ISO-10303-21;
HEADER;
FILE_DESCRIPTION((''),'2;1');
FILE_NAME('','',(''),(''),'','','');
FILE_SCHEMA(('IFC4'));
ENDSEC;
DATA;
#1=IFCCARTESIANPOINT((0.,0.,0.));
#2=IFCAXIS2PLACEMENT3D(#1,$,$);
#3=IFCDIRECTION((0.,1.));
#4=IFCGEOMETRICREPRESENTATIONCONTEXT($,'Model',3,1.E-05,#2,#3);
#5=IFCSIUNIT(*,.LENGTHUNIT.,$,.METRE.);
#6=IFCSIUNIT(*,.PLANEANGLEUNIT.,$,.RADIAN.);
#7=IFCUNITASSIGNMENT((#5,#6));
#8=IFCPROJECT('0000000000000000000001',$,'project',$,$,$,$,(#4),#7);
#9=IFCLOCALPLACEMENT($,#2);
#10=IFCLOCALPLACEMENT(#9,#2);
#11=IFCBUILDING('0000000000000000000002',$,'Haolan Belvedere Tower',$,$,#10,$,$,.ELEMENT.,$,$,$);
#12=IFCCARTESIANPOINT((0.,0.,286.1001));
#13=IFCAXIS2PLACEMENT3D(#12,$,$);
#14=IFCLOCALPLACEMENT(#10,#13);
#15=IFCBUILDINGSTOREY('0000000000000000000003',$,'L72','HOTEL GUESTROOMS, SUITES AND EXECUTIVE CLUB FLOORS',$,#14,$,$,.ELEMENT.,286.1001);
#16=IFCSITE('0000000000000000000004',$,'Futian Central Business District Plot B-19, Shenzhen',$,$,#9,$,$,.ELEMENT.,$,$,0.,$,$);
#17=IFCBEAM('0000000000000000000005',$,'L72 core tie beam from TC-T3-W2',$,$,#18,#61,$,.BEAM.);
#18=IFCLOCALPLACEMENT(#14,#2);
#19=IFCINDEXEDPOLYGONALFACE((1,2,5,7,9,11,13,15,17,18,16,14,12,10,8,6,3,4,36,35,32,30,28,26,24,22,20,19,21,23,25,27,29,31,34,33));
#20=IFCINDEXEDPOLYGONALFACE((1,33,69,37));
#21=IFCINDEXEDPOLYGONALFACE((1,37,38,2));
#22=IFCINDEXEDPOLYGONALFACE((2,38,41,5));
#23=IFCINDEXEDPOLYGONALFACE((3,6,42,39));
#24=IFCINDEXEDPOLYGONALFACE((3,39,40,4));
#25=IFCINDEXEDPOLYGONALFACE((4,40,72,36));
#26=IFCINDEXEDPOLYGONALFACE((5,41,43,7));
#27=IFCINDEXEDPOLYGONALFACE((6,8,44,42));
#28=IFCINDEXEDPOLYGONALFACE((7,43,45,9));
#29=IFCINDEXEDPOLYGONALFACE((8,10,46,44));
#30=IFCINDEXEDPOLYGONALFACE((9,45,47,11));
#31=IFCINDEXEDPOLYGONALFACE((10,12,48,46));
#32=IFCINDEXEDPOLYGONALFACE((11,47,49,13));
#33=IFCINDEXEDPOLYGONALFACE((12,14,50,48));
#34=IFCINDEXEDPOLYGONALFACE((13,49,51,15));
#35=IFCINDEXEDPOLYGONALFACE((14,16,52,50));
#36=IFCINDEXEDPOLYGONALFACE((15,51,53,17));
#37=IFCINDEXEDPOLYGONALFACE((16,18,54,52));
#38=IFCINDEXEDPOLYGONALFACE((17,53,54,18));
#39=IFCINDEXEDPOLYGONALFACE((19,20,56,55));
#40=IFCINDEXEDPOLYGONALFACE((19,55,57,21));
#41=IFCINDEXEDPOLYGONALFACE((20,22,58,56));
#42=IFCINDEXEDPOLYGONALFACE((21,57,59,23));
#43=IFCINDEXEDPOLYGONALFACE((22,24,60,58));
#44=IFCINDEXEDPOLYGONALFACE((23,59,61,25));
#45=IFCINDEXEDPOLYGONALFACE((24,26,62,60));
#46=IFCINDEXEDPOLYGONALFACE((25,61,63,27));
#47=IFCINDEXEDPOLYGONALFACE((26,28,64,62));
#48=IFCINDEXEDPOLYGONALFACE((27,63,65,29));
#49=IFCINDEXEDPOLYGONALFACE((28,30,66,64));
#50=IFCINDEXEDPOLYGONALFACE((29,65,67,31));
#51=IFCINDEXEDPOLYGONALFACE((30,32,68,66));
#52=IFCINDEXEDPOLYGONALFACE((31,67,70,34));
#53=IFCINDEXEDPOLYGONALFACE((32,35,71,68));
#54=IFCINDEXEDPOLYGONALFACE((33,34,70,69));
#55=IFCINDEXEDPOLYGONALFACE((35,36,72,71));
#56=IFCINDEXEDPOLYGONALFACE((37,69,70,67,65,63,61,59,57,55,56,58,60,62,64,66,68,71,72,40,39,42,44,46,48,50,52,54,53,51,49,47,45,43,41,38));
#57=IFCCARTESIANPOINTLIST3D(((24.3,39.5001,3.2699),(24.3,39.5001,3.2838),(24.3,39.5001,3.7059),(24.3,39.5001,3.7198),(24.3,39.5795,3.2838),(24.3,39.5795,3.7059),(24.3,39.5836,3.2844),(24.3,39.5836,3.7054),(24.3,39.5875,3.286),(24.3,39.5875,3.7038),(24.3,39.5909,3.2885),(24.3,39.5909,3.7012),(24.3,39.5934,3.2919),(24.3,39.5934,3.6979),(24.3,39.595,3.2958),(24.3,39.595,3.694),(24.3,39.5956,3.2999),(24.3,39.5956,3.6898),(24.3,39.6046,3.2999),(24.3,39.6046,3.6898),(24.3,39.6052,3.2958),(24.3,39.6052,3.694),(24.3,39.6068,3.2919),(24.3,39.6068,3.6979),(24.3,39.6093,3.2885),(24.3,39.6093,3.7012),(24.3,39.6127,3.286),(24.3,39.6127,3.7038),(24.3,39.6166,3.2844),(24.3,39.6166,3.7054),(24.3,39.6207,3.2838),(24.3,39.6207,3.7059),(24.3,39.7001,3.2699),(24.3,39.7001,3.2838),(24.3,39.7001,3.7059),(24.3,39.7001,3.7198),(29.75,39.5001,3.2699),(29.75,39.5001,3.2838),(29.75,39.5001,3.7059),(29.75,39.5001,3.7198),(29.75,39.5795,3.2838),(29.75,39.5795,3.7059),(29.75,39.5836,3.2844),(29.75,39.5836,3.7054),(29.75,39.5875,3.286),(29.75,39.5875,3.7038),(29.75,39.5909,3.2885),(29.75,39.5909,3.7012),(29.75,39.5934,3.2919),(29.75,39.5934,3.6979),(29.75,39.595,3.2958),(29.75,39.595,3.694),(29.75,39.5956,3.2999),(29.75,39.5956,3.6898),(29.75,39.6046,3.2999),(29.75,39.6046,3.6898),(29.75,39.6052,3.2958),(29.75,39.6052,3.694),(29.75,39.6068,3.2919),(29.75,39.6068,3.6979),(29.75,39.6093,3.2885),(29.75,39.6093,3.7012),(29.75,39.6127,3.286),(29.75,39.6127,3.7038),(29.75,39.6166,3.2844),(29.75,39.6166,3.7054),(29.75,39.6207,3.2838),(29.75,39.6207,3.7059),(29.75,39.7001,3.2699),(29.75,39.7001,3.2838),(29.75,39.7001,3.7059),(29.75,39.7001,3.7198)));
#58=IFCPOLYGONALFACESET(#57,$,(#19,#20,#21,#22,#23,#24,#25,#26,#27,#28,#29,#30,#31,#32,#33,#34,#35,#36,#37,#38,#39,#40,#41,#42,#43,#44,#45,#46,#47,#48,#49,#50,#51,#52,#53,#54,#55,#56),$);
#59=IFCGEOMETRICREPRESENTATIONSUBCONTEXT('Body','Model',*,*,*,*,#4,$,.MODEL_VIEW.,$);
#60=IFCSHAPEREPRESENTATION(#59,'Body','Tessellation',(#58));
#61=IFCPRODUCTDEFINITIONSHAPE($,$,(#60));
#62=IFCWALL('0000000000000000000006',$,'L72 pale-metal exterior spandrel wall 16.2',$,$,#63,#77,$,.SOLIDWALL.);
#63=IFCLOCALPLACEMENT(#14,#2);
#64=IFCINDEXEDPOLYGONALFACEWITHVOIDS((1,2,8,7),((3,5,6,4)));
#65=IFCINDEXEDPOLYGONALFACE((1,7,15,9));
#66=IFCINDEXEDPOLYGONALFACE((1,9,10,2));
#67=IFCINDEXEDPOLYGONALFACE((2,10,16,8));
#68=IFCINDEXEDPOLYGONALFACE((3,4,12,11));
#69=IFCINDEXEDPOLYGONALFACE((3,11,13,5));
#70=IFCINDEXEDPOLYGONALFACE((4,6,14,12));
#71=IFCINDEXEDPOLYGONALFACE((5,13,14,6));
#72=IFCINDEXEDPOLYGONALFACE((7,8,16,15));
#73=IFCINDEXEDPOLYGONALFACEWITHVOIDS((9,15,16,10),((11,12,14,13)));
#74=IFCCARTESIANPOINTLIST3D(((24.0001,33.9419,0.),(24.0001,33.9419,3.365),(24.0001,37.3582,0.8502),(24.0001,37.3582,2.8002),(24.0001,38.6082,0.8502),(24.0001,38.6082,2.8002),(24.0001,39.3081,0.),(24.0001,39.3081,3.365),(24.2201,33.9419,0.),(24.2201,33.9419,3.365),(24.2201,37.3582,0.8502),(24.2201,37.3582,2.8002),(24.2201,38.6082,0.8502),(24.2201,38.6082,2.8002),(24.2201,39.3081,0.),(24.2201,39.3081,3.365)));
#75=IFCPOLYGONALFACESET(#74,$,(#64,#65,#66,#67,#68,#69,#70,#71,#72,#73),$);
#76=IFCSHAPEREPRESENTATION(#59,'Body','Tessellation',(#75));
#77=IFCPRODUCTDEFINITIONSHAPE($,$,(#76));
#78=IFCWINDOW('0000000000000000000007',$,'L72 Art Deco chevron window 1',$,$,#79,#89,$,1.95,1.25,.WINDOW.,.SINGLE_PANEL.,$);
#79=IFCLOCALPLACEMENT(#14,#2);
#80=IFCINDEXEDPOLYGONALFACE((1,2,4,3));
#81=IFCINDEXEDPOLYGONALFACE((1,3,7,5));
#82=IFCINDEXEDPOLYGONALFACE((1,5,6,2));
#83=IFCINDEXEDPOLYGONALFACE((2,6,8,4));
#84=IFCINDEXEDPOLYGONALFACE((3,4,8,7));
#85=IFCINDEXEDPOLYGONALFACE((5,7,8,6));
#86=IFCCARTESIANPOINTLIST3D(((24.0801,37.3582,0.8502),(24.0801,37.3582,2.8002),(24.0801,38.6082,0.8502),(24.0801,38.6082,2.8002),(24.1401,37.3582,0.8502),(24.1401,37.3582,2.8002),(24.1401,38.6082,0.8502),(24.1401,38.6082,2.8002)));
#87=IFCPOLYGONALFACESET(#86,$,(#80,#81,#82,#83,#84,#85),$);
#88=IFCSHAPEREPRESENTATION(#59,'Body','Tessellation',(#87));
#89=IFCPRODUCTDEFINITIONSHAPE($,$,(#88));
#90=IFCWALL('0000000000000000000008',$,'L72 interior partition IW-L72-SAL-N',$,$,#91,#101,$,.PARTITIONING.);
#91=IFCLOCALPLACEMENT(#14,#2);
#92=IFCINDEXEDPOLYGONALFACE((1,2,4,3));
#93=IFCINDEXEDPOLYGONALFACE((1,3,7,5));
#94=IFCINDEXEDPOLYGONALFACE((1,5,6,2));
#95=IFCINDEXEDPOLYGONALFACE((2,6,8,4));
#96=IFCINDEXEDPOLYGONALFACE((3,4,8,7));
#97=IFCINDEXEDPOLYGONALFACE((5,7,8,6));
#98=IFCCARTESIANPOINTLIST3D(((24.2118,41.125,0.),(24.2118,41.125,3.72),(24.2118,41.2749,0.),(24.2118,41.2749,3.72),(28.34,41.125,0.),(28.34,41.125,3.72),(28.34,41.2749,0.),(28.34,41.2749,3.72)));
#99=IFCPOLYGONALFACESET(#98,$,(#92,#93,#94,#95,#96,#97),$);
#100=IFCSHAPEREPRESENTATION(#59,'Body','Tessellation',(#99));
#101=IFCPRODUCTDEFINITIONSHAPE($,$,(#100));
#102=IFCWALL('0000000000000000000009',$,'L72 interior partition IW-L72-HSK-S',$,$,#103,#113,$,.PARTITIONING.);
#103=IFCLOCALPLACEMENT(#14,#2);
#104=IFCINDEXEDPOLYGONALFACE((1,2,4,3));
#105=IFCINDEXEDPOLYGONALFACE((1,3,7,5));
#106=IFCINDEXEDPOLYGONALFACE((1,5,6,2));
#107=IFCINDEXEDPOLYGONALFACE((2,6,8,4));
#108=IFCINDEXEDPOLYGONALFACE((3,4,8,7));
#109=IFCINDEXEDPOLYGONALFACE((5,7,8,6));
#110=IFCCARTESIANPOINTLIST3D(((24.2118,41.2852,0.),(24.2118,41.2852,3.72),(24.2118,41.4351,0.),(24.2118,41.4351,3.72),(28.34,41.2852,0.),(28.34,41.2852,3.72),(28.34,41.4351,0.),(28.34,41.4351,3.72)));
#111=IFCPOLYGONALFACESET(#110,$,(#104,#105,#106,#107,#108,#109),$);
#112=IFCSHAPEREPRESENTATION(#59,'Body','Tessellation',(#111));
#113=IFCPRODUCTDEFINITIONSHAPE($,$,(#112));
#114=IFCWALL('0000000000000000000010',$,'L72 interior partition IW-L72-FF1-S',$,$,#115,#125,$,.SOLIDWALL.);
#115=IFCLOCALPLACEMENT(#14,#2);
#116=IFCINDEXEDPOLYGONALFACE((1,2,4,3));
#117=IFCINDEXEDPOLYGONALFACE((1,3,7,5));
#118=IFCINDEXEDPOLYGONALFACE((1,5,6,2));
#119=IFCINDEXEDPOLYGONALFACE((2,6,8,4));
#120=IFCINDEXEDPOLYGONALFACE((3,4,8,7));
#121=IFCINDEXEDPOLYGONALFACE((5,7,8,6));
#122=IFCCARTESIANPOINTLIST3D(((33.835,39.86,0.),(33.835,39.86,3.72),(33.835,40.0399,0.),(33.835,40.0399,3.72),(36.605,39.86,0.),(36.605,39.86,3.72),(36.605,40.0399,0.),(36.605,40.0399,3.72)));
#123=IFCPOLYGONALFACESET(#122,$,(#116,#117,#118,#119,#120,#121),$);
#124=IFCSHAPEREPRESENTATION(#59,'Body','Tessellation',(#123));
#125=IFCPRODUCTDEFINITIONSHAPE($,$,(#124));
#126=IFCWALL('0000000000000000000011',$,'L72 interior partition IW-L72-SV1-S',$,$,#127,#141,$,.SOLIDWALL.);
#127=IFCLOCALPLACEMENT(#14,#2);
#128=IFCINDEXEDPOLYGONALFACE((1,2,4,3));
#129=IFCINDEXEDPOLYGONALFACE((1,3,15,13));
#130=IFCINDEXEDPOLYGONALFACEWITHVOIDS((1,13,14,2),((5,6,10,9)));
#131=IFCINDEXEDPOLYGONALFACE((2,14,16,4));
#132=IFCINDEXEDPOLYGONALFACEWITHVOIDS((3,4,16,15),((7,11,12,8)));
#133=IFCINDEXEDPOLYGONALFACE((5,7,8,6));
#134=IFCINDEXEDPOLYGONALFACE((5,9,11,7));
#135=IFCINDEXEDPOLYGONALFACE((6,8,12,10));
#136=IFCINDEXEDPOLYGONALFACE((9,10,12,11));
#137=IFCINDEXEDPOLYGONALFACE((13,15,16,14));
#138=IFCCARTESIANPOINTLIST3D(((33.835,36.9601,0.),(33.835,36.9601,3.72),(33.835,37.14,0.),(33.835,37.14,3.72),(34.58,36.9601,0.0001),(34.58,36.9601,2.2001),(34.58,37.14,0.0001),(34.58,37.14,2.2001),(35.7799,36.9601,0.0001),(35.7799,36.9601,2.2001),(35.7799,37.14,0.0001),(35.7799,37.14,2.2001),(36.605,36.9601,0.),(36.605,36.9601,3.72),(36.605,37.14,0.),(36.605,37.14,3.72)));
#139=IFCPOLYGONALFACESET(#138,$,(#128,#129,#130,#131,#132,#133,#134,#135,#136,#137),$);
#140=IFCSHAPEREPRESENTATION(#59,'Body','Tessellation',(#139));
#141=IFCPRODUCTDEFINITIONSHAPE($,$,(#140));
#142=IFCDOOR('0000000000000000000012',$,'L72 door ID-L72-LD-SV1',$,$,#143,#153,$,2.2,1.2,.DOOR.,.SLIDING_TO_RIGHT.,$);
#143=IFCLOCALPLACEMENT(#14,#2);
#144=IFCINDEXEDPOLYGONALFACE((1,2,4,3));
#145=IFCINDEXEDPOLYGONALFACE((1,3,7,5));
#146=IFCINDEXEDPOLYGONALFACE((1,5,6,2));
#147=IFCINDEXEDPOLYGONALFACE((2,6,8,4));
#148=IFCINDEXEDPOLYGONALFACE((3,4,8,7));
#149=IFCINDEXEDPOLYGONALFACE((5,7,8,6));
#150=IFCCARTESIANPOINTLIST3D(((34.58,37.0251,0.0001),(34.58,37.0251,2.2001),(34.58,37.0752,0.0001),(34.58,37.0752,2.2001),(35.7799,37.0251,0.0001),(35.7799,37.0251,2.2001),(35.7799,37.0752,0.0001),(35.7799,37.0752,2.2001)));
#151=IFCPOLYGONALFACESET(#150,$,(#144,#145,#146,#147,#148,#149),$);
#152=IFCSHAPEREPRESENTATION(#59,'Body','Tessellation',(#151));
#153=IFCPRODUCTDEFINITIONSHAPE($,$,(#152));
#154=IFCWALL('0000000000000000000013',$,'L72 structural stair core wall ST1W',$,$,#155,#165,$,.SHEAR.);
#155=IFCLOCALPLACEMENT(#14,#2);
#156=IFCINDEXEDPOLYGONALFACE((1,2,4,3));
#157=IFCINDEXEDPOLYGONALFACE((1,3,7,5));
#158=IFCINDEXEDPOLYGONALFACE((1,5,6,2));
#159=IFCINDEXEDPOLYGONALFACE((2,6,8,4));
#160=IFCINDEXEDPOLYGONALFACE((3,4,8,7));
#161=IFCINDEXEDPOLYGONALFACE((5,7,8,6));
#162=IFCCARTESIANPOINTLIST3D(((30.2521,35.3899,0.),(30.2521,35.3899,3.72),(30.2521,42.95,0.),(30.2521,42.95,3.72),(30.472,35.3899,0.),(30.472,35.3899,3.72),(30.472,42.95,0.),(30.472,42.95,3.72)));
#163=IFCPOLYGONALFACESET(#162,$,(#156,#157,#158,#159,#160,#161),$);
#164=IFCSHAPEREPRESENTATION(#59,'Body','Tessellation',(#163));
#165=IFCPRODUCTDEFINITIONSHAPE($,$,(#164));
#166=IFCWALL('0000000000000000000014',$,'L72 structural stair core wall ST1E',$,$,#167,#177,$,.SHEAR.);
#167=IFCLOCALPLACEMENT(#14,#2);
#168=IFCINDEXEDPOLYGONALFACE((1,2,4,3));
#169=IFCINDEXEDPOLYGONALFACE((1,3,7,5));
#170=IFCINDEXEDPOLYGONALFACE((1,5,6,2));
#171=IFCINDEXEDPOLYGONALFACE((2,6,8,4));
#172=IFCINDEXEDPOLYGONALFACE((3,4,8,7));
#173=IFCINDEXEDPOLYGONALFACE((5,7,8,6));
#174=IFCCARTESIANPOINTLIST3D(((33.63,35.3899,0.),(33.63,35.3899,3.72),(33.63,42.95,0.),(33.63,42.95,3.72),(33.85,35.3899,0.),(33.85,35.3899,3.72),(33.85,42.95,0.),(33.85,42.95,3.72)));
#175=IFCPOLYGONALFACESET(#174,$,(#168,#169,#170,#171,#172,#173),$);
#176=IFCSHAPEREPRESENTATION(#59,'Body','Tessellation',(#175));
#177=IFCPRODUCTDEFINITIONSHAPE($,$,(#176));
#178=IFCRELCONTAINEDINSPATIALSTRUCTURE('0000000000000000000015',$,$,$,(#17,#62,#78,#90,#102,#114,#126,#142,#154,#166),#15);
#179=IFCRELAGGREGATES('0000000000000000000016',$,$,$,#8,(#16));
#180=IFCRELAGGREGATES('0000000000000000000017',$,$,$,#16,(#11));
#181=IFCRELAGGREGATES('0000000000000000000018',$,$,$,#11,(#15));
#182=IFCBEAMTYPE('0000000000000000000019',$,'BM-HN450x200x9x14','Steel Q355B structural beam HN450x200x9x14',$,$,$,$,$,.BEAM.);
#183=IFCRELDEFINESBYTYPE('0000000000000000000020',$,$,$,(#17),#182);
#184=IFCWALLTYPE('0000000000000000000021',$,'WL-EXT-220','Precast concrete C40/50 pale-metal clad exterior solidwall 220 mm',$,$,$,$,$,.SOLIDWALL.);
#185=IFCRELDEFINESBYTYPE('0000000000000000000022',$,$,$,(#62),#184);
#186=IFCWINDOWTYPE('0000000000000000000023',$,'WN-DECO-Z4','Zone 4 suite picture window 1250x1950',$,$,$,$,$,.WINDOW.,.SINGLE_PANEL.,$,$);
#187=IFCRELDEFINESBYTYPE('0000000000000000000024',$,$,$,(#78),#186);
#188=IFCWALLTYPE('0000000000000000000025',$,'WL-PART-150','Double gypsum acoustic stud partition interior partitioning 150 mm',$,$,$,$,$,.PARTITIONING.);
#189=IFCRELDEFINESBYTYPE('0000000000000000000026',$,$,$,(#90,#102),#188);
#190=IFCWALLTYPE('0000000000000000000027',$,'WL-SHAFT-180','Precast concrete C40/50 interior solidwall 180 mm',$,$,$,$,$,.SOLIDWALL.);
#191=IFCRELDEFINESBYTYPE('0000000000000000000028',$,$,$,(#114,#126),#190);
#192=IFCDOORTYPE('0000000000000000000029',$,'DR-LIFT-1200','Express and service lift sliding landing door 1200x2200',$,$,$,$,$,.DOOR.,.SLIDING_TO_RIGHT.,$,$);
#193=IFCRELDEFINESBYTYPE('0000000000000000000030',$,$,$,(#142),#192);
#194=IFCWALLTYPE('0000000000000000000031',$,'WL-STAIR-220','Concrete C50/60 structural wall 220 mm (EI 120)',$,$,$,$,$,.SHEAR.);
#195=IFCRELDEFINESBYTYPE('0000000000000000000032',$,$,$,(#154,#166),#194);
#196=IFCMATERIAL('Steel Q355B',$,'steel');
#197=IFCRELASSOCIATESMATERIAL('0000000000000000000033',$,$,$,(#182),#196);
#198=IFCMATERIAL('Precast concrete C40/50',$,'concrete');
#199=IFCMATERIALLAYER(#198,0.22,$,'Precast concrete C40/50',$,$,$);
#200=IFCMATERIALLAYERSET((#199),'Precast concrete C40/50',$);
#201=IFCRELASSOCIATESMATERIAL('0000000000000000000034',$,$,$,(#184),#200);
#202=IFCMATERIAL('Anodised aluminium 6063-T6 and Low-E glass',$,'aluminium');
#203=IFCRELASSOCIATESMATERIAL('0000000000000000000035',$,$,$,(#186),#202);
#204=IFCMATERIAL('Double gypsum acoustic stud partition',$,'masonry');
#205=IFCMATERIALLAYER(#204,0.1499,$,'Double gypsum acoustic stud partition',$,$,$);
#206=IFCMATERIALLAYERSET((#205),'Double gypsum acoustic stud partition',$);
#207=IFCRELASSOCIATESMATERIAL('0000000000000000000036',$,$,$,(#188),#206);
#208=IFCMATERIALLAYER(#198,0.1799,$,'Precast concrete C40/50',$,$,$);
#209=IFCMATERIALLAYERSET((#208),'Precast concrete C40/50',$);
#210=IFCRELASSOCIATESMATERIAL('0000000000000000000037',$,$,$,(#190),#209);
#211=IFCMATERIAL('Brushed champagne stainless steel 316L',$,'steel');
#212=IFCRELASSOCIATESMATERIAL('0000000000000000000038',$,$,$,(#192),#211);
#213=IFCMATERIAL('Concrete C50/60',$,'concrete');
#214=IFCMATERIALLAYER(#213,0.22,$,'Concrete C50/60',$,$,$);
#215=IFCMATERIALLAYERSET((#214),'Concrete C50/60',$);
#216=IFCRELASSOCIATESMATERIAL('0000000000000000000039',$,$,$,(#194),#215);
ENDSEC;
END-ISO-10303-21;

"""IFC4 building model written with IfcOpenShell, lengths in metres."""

from ifc_helpers import new_model, si_unit, direction, frame, frame_2d, origin, origin_2d, place, context, subcontext, project, spatial, rectangle, i_section, extrude, material, layer, layer_set, material_profile, profile_set, type_object, element, fill, save


model = new_model("IFC4")

# Units and contexts
model_context = context("Model", 3, precision=1e-05, world=origin(), true_north=direction((0.0, 1.0)))
body_context = subcontext(model_context, "Body", "Model", "MODEL_VIEW")
ifc_project = project(units=[si_unit("LENGTHUNIT", "METRE"), si_unit("PLANEANGLEUNIT", "RADIAN")], contexts=[model_context])

# Site, building, storey
site_placement = place(None, origin())
site = spatial("IfcSite", under=ifc_project, at=site_placement, Name="Futian Central Business District Plot B-19, Shenzhen", CompositionType="ELEMENT", RefElevation=0.0)
building_placement = place(site_placement, origin())
building = spatial("IfcBuilding", under=site, at=building_placement, Name="Haolan Belvedere Tower", CompositionType="ELEMENT")
storey_placement = place(building_placement, frame((0.0, 0.0, 286.1001)))
storey = spatial("IfcBuildingStorey", under=building, at=storey_placement, Name="L72", Description="HOTEL GUESTROOMS, SUITES AND EXECUTIVE CLUB FLOORS", CompositionType="ELEMENT", Elevation=286.1001)

# Beam
ifc_material_1 = material(Name="Steel Q355B", Category="steel")
ifc_material_profile_1 = material_profile(ifc_material_1, i_section(OverallWidth=0.2, OverallDepth=0.45, WebThickness=0.009, FlangeThickness=0.0139, FilletRadius=0.0161, at=origin_2d()), Name="Steel Q355B")
ifc_profile_set_1 = profile_set([ifc_material_profile_1], Name="Steel Q355B")
beam_type_1 = type_object("IfcBeamType", Name="BM-HN450x200x9x14", Description="Steel Q355B structural beam HN450x200x9x14", PredefinedType="BEAM", material=ifc_profile_set_1)
beam_1_placement = place(storey_placement, frame((24.3, 39.6001, 3.4949), z_axis=(1.0, 0.0, 0.0), x_axis=(0.0, 1.0, 0.0)))
element("IfcBeam", 1, at=beam_1_placement, inside=storey, type_object=beam_type_1, Name="L72 core tie beam from TC-T3-W2", PredefinedType="BEAM", context=body_context, shape_type="SweptSolid", body=[
    extrude(i_section(OverallWidth=0.2, OverallDepth=0.45, WebThickness=0.009, FlangeThickness=0.0139, FilletRadius=0.0161, at=origin_2d()), origin(), (0.0, 0.0, 1.0), 5.45),
])

# Wall, opening, window
ifc_material_2 = material(Name="Precast concrete C40/50", Category="concrete")
ifc_layer_1 = layer(ifc_material_2, 0.22, Name="Precast concrete C40/50")
ifc_layer_set_1 = layer_set([ifc_layer_1], Name="Precast concrete C40/50")
wall_type_1 = type_object("IfcWallType", Name="WL-EXT-220", Description="Precast concrete C40/50 pale-metal clad exterior solidwall 220 mm", PredefinedType="SOLIDWALL", material=ifc_layer_set_1)
wall_1_placement = place(storey_placement, frame((24.1101, 39.3081, 0.0), z_axis=(0.0, 0.0, 1.0), x_axis=(0.0, -1.0, 0.0)))
wall_1 = element("IfcWall", 2, at=wall_1_placement, inside=storey, type_object=wall_type_1, Name="L72 pale-metal exterior spandrel wall 16.2", PredefinedType="SOLIDWALL", context=body_context, shape_type="SweptSolid", body=[
    extrude(rectangle(XDim=5.3662, YDim=0.22, at=frame_2d((2.6831, 0.0))), origin(), (0.0, 0.0, 1.0), 3.365),
])
opening_1_placement = place(wall_1_placement, frame((0.7, 0.0, 0.8501)))
opening_1 = element("IfcOpeningElement", 3, at=opening_1_placement, cuts=wall_1, PredefinedType="OPENING", context=body_context, shape_type="SweptSolid", body=[
    extrude(rectangle(XDim=1.25, YDim=1.95, at=frame_2d((0.625, 0.9751))), frame((0.0, 0.1199, 0.0), z_axis=(0.0, -1.0, 0.0), x_axis=(1.0, 0.0, 0.0)), (0.0, 0.0, 1.0), 0.24),
])
ifc_material_3 = material(Name="Anodised aluminium 6063-T6 and Low-E glass", Category="aluminium")
window_type = type_object("IfcWindowType", Name="WN-DECO-Z4", Description="Zone 4 suite picture window 1250x1950", PartitioningType="SINGLE_PANEL", PredefinedType="WINDOW", material=ifc_material_3)
window_placement = place(opening_1_placement, origin())
window = element("IfcWindow", 4, at=window_placement, inside=storey, type_object=window_type, Name="L72 Art Deco chevron window 1", OverallHeight=1.95, OverallWidth=1.25, PartitioningType="SINGLE_PANEL", PredefinedType="WINDOW", context=body_context, shape_type="SweptSolid", body=[
    extrude(rectangle(XDim=1.25, YDim=1.95, at=frame_2d((0.625, 0.9751))), frame((0.0, 0.03, 0.0), z_axis=(0.0, -1.0, 0.0), x_axis=(1.0, 0.0, 0.0)), (0.0, 0.0, 1.0), 0.0601),
])
fill(opening_1, window)

# Walls
ifc_material_4 = material(Name="Double gypsum acoustic stud partition", Category="masonry")
ifc_layer_2 = layer(ifc_material_4, 0.1499, Name="Double gypsum acoustic stud partition")
ifc_layer_set_2 = layer_set([ifc_layer_2], Name="Double gypsum acoustic stud partition")
wall_type_2 = type_object("IfcWallType", Name="WL-PART-150", Description="Double gypsum acoustic stud partition interior partitioning 150 mm", PredefinedType="PARTITIONING", material=ifc_layer_set_2)
for number, where, z_axis, x_axis, name in (
    (5, (24.2119, 41.2, 0.0), (0.0, 0.0, 1.0), (1.0, 0.0, 0.0), "L72 interior partition IW-L72-SAL-N"),
    (6, (24.2119, 41.3601, 0.0), (0.0, 0.0, 1.0), (1.0, 0.0, 0.0), "L72 interior partition IW-L72-HSK-S"),
):
    element("IfcWall", number, at=place(storey_placement, frame(where, z_axis=z_axis, x_axis=x_axis)), inside=storey, type_object=wall_type_2, Name=name, PredefinedType="PARTITIONING", context=body_context, shape_type="SweptSolid", body=[
        extrude(rectangle(XDim=4.1282, YDim=0.1499, at=frame_2d((2.064, 0.0))), origin(), (0.0, 0.0, 1.0), 3.72),
    ])
ifc_layer_3 = layer(ifc_material_2, 0.1799, Name="Precast concrete C40/50")
ifc_layer_set_3 = layer_set([ifc_layer_3], Name="Precast concrete C40/50")
wall_type_3 = type_object("IfcWallType", Name="WL-SHAFT-180", Description="Precast concrete C40/50 interior solidwall 180 mm", PredefinedType="SOLIDWALL", material=ifc_layer_set_3)
wall_2_placement = place(storey_placement, frame((33.835, 39.95, 0.0), z_axis=(0.0, 0.0, 1.0), x_axis=(1.0, 0.0, 0.0)))
element("IfcWall", 7, at=wall_2_placement, inside=storey, type_object=wall_type_3, Name="L72 interior partition IW-L72-FF1-S", PredefinedType="SOLIDWALL", context=body_context, shape_type="SweptSolid", body=[
    extrude(rectangle(XDim=2.77, YDim=0.1799, at=frame_2d((1.385, 0.0))), origin(), (0.0, 0.0, 1.0), 3.72),
])

# Wall, opening, door
wall_3_placement = place(storey_placement, frame((33.835, 37.05, 0.0), z_axis=(0.0, 0.0, 1.0), x_axis=(1.0, 0.0, 0.0)))
wall_3 = element("IfcWall", 8, at=wall_3_placement, inside=storey, type_object=wall_type_3, Name="L72 interior partition IW-L72-SV1-S", PredefinedType="SOLIDWALL", context=body_context, shape_type="SweptSolid", body=[
    extrude(rectangle(XDim=2.77, YDim=0.1799, at=frame_2d((1.385, 0.0))), origin(), (0.0, 0.0, 1.0), 3.72),
])
opening_2_placement = place(wall_3_placement, frame((1.9451, 0.0, 0.0), z_axis=(0.0, 0.0, 1.0), x_axis=(-1.0, 0.0, 0.0)))
opening_2 = element("IfcOpeningElement", 9, at=opening_2_placement, cuts=wall_3, PredefinedType="OPENING", context=body_context, shape_type="SweptSolid", body=[
    extrude(rectangle(XDim=1.2, YDim=2.2, at=frame_2d((0.6001, 1.1001))), frame((0.0, 0.0999, 0.0), z_axis=(0.0, -1.0, 0.0), x_axis=(1.0, 0.0, 0.0)), (0.0, 0.0, 1.0), 0.2),
])
ifc_material_5 = material(Name="Brushed champagne stainless steel 316L", Category="steel")
door_type_1 = type_object("IfcDoorType", Name="DR-LIFT-1200", Description="Express and service lift sliding landing door 1200x2200", OperationType="SLIDING_TO_RIGHT", PredefinedType="DOOR", material=ifc_material_5)
door_1_placement = place(opening_2_placement, origin())
door_1 = element("IfcDoor", 10, at=door_1_placement, inside=storey, type_object=door_type_1, Name="L72 door ID-L72-LD-SV1", OperationType="SLIDING_TO_RIGHT", OverallHeight=2.2, OverallWidth=1.2, PredefinedType="DOOR", context=body_context, shape_type="SweptSolid", body=[
    extrude(rectangle(XDim=1.2, YDim=2.2, at=frame_2d((0.6001, 1.1001))), frame((0.0, 0.0249, 0.0), z_axis=(0.0, -1.0, 0.0), x_axis=(1.0, 0.0, 0.0)), (0.0, 0.0, 1.0), 0.05),
])
fill(opening_2, door_1)

# Walls
ifc_material_6 = material(Name="Concrete C50/60", Category="concrete")
ifc_layer_4 = layer(ifc_material_6, 0.22, Name="Concrete C50/60")
ifc_layer_set_4 = layer_set([ifc_layer_4], Name="Concrete C50/60")
wall_type_4 = type_object("IfcWallType", Name="WL-STAIR-220", Description="Concrete C50/60 structural wall 220 mm (EI 120)", PredefinedType="SHEAR", material=ifc_layer_set_4)
for number, where, z_axis, x_axis, name in (
    (11, (30.3621, 35.3899, 0.0), (0.0, 0.0, 1.0), (0.0, 1.0, 0.0), "L72 structural stair core wall ST1W"),
    (12, (33.74, 35.3899, 0.0), (0.0, 0.0, 1.0), (0.0, 1.0, 0.0), "L72 structural stair core wall ST1E"),
):
    element("IfcWall", number, at=place(storey_placement, frame(where, z_axis=z_axis, x_axis=x_axis)), inside=storey, type_object=wall_type_4, Name=name, PredefinedType="SHEAR", context=body_context, shape_type="SweptSolid", body=[
        extrude(rectangle(XDim=7.5601, YDim=0.22, at=frame_2d((3.78, 0.0))), origin(), (0.0, 0.0, 1.0), 3.72),
    ])

save(model, "model.ifc")
